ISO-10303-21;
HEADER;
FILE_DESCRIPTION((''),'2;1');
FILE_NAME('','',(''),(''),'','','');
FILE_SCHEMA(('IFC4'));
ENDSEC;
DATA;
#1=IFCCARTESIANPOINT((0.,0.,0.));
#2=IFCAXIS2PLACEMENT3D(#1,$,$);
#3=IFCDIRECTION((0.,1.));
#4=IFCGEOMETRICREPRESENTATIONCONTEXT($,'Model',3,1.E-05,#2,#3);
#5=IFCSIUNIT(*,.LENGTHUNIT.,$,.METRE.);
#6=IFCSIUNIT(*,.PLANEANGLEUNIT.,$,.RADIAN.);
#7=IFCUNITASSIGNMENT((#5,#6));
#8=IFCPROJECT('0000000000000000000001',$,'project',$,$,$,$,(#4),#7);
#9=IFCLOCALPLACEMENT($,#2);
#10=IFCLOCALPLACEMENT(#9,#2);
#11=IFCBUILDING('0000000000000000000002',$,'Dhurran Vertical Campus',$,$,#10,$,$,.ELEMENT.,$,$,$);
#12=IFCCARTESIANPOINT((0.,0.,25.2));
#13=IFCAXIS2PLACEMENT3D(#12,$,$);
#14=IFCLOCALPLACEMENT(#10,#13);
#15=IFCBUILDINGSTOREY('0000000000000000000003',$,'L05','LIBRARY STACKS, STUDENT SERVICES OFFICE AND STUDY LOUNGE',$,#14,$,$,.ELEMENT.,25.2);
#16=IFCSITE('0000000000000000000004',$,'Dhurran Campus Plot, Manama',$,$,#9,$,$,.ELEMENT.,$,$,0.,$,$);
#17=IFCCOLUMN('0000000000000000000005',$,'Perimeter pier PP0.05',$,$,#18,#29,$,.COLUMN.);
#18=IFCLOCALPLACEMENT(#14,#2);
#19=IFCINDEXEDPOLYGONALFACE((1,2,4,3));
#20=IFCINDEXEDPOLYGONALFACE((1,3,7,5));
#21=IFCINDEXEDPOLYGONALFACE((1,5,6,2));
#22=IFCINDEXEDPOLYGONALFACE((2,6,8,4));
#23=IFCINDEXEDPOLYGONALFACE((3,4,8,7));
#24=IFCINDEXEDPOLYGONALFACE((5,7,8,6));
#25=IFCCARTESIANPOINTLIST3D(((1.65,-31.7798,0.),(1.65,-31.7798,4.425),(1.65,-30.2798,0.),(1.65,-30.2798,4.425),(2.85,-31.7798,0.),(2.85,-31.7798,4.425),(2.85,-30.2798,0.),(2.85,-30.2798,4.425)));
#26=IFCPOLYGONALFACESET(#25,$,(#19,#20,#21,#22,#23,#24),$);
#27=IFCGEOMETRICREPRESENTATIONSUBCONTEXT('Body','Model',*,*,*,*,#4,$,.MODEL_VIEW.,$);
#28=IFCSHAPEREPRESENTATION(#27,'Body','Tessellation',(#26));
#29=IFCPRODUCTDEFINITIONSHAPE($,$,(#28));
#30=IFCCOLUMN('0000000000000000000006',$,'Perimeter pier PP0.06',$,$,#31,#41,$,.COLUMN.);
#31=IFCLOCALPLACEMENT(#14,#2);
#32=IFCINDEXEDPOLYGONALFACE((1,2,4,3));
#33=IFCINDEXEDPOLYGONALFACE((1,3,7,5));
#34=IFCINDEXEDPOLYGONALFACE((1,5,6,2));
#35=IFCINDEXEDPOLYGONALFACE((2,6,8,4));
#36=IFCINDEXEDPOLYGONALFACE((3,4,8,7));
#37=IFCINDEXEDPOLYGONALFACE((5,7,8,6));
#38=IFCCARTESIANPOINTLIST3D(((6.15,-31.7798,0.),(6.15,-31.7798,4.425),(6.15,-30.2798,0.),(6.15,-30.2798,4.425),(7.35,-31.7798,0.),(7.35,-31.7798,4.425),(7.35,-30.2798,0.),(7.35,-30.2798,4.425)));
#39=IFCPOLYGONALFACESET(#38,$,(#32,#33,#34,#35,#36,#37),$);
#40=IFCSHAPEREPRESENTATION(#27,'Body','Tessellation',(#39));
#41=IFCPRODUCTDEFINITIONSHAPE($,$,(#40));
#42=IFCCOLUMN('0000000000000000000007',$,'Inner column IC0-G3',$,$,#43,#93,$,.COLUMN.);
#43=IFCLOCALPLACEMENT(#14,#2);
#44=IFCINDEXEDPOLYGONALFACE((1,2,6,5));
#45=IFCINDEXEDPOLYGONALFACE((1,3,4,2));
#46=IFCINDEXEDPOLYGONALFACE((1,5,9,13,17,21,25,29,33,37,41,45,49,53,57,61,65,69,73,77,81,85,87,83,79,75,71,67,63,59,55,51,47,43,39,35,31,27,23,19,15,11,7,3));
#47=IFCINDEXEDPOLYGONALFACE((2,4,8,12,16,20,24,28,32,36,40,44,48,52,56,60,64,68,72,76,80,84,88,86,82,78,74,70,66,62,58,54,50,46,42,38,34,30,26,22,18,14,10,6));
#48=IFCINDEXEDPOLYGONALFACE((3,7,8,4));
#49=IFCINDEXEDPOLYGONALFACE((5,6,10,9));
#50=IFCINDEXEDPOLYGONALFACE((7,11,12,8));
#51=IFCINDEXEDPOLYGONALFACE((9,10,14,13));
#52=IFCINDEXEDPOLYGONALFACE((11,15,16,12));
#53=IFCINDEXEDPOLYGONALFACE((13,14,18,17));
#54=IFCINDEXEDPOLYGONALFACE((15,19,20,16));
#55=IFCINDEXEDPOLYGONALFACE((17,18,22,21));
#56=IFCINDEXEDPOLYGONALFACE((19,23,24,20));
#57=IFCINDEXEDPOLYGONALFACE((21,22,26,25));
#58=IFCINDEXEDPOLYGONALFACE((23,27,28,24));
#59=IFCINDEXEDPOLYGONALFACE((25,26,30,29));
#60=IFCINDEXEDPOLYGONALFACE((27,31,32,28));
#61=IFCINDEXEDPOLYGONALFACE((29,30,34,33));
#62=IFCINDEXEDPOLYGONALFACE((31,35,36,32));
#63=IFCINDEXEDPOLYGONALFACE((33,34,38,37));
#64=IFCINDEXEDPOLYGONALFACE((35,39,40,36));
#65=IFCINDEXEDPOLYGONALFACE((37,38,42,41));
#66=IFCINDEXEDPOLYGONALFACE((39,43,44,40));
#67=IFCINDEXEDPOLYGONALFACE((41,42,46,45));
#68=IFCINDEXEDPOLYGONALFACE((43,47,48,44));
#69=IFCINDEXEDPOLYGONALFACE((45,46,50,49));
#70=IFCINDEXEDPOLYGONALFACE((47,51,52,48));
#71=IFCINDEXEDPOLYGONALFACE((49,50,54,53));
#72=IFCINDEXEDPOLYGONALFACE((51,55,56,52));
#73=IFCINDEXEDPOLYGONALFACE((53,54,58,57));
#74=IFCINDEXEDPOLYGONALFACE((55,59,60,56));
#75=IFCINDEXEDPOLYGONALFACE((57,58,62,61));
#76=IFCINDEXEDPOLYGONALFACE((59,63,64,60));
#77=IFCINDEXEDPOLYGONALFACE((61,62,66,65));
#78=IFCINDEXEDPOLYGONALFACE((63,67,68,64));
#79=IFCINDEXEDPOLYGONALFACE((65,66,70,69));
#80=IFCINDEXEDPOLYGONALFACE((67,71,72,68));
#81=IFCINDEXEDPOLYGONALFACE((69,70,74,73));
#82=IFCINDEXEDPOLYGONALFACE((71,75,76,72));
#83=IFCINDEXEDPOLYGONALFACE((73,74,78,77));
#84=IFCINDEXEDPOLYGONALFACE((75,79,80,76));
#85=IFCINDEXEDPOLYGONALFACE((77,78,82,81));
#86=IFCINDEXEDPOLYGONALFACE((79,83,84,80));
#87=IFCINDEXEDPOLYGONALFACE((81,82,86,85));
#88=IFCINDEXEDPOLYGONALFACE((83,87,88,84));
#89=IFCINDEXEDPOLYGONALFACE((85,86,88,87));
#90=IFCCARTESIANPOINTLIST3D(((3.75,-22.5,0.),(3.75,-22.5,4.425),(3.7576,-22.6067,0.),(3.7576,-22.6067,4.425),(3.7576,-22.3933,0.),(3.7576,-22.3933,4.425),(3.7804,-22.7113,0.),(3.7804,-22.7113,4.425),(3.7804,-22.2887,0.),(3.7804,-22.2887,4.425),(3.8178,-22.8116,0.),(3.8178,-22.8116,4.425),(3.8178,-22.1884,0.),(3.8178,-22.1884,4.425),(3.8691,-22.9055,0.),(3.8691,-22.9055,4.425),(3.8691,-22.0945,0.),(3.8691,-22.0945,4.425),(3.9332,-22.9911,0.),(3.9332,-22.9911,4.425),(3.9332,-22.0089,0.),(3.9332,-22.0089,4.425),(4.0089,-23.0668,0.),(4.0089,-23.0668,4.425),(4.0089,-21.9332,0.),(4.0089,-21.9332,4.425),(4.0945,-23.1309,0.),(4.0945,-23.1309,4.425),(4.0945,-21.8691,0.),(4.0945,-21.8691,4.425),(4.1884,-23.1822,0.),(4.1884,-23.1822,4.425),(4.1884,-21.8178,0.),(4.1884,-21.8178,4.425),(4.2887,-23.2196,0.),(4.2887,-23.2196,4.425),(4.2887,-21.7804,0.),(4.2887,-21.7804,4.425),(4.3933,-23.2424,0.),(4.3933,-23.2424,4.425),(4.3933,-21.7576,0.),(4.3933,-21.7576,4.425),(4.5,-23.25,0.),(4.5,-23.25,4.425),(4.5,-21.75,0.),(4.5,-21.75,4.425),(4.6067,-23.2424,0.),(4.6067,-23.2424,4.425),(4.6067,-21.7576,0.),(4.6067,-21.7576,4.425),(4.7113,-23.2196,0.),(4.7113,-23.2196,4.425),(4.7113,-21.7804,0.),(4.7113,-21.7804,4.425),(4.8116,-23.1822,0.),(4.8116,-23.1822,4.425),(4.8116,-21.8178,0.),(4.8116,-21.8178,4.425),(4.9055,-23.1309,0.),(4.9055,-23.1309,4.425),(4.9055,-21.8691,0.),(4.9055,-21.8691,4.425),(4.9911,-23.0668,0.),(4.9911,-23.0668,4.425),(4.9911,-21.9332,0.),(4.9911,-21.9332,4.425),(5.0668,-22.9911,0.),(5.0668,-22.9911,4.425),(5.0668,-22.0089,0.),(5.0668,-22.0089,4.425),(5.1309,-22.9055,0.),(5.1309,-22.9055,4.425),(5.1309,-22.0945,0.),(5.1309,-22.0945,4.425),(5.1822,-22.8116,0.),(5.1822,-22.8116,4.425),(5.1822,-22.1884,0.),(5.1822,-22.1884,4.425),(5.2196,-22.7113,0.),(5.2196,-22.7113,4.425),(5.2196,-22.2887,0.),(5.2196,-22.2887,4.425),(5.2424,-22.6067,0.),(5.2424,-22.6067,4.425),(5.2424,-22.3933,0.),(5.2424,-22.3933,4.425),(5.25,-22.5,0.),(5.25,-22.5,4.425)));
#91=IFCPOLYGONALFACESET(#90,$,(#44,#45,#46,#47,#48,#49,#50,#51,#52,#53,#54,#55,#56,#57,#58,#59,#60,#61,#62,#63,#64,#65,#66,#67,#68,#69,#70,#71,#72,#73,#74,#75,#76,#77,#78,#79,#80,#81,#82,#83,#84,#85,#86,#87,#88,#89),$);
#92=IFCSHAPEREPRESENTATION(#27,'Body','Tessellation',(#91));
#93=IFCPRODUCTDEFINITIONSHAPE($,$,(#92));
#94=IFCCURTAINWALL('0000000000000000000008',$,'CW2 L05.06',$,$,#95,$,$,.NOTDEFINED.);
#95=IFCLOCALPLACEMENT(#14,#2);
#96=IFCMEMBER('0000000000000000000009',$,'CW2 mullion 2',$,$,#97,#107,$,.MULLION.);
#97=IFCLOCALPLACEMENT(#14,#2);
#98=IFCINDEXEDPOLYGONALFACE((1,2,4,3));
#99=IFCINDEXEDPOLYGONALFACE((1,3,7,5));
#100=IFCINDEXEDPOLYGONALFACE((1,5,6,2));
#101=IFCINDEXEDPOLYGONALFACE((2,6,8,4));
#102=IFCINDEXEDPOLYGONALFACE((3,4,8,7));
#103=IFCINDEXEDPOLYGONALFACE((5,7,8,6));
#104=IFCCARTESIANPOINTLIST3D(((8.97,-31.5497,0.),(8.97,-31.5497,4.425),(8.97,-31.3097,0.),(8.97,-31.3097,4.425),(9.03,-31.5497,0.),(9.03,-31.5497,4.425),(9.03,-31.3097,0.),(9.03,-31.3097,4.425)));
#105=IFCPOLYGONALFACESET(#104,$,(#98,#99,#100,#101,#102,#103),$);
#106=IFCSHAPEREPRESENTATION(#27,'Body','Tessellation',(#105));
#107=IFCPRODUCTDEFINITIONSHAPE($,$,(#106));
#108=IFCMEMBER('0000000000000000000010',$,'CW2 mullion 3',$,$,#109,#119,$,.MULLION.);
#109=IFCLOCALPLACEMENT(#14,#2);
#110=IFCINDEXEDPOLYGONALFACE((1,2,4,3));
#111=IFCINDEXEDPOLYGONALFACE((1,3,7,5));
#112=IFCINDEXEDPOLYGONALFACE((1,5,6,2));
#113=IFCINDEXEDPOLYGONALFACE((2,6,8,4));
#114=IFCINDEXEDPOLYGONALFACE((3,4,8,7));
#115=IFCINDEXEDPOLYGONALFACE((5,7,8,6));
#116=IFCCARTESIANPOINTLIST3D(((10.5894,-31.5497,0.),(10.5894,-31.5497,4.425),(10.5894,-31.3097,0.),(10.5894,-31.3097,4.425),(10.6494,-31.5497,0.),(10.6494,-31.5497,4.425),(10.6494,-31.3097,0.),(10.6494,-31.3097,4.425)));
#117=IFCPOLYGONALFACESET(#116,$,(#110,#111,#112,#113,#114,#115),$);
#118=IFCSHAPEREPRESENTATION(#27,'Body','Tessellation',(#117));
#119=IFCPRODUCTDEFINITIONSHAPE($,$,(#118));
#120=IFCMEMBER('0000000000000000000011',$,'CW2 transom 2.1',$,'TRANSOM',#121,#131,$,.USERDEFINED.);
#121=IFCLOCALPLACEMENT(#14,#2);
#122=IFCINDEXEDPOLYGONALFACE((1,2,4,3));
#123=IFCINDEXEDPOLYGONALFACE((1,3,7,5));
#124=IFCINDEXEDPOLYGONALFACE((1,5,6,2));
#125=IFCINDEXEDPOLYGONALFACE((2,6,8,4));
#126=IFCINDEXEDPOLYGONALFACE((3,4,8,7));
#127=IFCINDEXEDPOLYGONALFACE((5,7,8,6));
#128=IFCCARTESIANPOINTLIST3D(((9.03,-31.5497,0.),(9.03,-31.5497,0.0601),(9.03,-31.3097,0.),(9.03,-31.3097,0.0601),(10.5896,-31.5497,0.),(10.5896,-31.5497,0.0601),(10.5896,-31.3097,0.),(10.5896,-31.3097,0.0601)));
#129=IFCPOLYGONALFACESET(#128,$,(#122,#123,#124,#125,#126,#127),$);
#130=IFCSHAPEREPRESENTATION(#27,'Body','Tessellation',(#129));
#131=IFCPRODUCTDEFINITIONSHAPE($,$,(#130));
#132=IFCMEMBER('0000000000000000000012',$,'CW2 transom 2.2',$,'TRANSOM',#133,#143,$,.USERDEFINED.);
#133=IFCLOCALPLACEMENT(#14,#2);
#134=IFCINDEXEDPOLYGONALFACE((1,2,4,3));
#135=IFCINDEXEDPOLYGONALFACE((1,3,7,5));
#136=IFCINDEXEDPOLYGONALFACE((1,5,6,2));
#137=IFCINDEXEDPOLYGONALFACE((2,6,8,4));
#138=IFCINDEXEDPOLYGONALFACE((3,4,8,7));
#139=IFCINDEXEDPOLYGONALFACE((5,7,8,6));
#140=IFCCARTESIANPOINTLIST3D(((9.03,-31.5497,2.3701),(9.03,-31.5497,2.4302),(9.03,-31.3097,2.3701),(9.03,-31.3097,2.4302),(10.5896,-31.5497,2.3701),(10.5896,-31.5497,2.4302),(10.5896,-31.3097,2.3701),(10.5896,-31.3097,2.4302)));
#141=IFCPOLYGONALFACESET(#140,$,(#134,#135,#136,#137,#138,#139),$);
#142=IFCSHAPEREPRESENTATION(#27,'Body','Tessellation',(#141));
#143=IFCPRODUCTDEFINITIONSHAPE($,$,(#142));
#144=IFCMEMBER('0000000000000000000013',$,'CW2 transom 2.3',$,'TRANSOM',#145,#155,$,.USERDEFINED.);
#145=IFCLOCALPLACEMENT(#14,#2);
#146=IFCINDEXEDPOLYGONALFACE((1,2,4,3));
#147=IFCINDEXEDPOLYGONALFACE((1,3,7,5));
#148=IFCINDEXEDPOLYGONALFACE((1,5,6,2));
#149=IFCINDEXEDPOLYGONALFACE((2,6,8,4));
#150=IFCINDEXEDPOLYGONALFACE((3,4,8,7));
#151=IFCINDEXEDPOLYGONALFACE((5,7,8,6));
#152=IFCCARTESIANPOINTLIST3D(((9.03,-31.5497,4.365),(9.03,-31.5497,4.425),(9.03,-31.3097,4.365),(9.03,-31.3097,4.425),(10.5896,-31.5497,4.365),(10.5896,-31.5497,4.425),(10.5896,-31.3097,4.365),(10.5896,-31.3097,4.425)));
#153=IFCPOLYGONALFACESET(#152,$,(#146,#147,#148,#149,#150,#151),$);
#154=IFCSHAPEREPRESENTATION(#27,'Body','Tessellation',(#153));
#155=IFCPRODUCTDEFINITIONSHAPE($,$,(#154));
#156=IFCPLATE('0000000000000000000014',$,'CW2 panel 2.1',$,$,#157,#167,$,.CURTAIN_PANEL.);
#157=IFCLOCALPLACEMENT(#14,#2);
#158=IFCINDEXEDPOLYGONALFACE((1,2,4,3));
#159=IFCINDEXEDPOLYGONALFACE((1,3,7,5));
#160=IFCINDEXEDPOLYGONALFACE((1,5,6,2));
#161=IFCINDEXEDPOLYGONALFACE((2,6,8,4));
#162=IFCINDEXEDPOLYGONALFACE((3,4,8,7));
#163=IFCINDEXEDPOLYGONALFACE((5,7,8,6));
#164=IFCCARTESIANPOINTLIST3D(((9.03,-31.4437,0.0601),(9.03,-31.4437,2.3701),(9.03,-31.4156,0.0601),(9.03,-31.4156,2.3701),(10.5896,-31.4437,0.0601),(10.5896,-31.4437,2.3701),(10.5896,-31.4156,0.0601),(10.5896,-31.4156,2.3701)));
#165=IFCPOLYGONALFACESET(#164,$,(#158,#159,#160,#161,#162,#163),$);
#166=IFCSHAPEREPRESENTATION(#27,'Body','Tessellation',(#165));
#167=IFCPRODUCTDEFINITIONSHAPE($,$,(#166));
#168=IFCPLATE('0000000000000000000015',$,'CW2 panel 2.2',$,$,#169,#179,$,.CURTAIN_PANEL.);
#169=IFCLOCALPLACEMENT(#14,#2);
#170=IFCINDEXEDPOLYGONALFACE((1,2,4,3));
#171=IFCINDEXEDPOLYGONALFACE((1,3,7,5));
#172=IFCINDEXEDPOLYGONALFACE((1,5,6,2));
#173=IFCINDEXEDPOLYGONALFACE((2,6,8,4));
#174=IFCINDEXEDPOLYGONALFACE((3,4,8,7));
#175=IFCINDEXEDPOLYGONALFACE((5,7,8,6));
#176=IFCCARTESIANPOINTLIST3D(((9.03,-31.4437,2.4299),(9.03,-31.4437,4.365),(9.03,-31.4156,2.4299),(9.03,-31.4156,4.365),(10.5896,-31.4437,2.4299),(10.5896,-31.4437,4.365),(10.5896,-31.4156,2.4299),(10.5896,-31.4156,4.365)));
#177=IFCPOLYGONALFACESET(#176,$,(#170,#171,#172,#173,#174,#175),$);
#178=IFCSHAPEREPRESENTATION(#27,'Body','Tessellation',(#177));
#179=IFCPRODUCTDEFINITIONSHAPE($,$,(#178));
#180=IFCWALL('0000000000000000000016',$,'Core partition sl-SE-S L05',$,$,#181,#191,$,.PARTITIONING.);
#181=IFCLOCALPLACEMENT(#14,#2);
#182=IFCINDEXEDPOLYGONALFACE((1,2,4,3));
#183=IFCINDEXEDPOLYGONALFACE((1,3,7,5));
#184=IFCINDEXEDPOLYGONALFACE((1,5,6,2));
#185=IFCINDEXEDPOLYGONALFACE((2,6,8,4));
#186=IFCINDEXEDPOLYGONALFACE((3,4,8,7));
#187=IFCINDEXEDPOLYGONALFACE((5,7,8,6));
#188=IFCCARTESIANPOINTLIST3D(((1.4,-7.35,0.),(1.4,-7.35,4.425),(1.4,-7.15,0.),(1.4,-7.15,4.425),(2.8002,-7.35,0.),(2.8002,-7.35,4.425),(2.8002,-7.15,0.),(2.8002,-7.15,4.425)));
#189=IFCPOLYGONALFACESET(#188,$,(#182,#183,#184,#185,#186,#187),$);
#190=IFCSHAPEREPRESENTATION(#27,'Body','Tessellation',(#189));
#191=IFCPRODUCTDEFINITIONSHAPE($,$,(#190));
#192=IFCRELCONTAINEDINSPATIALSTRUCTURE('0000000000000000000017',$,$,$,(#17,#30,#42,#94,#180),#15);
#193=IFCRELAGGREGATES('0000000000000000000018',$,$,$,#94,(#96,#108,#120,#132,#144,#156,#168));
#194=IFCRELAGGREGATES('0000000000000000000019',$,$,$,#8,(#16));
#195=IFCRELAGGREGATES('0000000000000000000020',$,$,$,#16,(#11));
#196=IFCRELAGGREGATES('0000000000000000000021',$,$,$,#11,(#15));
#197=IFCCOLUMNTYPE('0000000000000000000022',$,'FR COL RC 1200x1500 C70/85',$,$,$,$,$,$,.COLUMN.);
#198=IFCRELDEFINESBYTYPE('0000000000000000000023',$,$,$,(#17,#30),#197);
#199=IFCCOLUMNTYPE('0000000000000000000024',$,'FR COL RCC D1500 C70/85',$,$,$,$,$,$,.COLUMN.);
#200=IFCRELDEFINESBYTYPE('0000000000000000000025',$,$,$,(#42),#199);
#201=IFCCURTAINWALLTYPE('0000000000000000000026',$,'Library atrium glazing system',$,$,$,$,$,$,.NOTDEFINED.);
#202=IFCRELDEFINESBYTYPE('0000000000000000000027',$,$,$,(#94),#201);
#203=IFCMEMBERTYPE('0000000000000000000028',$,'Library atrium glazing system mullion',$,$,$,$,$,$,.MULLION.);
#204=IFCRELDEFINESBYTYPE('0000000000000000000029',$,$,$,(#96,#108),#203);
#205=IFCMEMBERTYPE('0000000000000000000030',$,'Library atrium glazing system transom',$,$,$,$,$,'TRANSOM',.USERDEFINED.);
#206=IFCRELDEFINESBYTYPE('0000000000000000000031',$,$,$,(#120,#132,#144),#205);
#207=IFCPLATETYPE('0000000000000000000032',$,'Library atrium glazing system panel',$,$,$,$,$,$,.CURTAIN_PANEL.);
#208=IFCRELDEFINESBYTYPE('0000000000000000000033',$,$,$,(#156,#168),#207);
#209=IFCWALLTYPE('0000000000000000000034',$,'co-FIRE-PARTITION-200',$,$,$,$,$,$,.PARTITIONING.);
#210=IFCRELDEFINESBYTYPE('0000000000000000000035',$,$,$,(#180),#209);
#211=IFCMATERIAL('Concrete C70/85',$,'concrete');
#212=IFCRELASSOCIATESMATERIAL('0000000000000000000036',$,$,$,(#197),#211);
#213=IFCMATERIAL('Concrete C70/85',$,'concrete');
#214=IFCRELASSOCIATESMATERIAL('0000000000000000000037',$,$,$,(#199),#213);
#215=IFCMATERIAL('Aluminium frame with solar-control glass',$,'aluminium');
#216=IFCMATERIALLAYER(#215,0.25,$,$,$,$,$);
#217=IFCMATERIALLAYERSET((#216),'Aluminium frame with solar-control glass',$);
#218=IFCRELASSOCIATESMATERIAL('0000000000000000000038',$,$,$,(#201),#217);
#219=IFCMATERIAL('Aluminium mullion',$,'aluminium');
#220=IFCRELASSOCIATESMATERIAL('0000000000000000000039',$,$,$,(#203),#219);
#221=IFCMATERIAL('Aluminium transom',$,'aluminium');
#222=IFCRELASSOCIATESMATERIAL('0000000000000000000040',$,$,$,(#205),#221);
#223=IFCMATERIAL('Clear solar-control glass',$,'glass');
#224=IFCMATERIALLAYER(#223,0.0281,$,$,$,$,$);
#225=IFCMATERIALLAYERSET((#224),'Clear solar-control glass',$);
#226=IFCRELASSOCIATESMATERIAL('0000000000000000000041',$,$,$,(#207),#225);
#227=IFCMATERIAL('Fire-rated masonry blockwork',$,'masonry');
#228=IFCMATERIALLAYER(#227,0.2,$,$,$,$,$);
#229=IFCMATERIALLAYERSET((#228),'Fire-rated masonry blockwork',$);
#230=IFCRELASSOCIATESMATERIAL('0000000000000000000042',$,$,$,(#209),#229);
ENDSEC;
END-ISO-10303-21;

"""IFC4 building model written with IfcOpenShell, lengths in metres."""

from ifc_helpers import new_model, si_unit, direction, frame, frame_2d, origin, origin_2d, place, context, subcontext, project, spatial, rectangle, circle, extrude, material, layer, layer_set, material_profile, profile_set, type_object, element, aggregate, save


model = new_model("IFC4")

# Units and contexts
model_context = context("Model", 3, precision=1e-05, world=origin(), true_north=direction((0.0, 1.0)))
body_context = subcontext(model_context, "Body", "Model", "MODEL_VIEW")
ifc_project = project(units=[si_unit("LENGTHUNIT", "METRE"), si_unit("PLANEANGLEUNIT", "RADIAN")], contexts=[model_context])

# Site, building, storey
site_placement = place(None, origin())
site = spatial("IfcSite", under=ifc_project, at=site_placement, Name="Dhurran Campus Plot, Manama", CompositionType="ELEMENT", RefElevation=0.0)
building_placement = place(site_placement, origin())
building = spatial("IfcBuilding", under=site, at=building_placement, Name="Dhurran Vertical Campus", CompositionType="ELEMENT")
storey_placement = place(building_placement, frame((0.0, 0.0, 25.2)))
storey = spatial("IfcBuildingStorey", under=building, at=storey_placement, Name="L05", Description="LIBRARY STACKS, STUDENT SERVICES OFFICE AND STUDY LOUNGE", CompositionType="ELEMENT", Elevation=25.2)

# Columns
ifc_material_1 = material(Name="Concrete C70/85", Category="concrete")
ifc_material_profile_1 = material_profile(ifc_material_1, rectangle(XDim=1.2, YDim=1.5, at=origin_2d()), Name="RC 1200x1500")
ifc_profile_set_1 = profile_set([ifc_material_profile_1], Name="Concrete C70/85")
column_type_1 = type_object("IfcColumnType", Name="FR COL RC 1200x1500 C70/85", PredefinedType="COLUMN", material=ifc_profile_set_1)
for number, where, z_axis, x_axis, name in (
    (1, (2.25, -31.0298, 0.0), (0.0, 0.0, 1.0), (1.0, 0.0, 0.0), "Perimeter pier PP0.05"),
    (2, (6.75, -31.0298, 0.0), (0.0, 0.0, 1.0), (1.0, 0.0, 0.0), "Perimeter pier PP0.06"),
):
    element("IfcColumn", number, at=place(storey_placement, frame(where, z_axis=z_axis, x_axis=x_axis)), inside=storey, type_object=column_type_1, Name=name, PredefinedType="COLUMN", context=body_context, shape_type="SweptSolid", body=[
        extrude(rectangle(XDim=1.2, YDim=1.5, at=origin_2d()), origin(), (0.0, 0.0, 1.0), 4.425),
    ])
ifc_material_2 = material(Name="Concrete C70/85", Category="concrete")
ifc_material_profile_2 = material_profile(ifc_material_2, circle(Radius=0.75, at=origin_2d()), Name="RCC D1500")
ifc_profile_set_2 = profile_set([ifc_material_profile_2], Name="Concrete C70/85")
column_type_2 = type_object("IfcColumnType", Name="FR COL RCC D1500 C70/85", PredefinedType="COLUMN", material=ifc_profile_set_2)
column_placement = place(storey_placement, frame((4.5, -22.5, 0.0), z_axis=(0.0, 0.0, 1.0), x_axis=(1.0, 0.0, 0.0)))
element("IfcColumn", 3, at=column_placement, inside=storey, type_object=column_type_2, Name="Inner column IC0-G3", PredefinedType="COLUMN", context=body_context, shape_type="SweptSolid", body=[
    extrude(circle(Radius=0.75, at=origin_2d()), origin(), (0.0, 0.0, 1.0), 4.425),
])

# Curtain wall, members, plates
ifc_material_3 = material(Name="Aluminium frame with solar-control glass", Category="aluminium")
ifc_layer_1 = layer(ifc_material_3, 0.25)
ifc_layer_set_1 = layer_set([ifc_layer_1], Name="Aluminium frame with solar-control glass")
curtain_wall_type = type_object("IfcCurtainWallType", Name="Library atrium glazing system", PredefinedType="NOTDEFINED", material=ifc_layer_set_1)
curtain_wall_placement = place(storey_placement, origin())
curtain_wall = element("IfcCurtainWall", 4, at=curtain_wall_placement, inside=storey, type_object=curtain_wall_type, Name="CW2 L05.06", PredefinedType="NOTDEFINED")
ifc_material_4 = material(Name="Aluminium mullion", Category="aluminium")
ifc_material_profile_3 = material_profile(ifc_material_4, rectangle(XDim=0.24, YDim=0.0601, at=origin_2d()), Name="Library atrium glazing system mullion")
ifc_profile_set_3 = profile_set([ifc_material_profile_3], Name="Aluminium mullion")
member_type_1 = type_object("IfcMemberType", Name="Library atrium glazing system mullion", PredefinedType="MULLION", material=ifc_profile_set_3)
member_1_placement = place(storey_placement, frame((9.0, -31.4297, 0.0), z_axis=(0.0, 0.0, 1.0), x_axis=(0.0, 1.0, 0.0)))
member_1 = element("IfcMember", 5, at=member_1_placement, type_object=member_type_1, Name="CW2 mullion 2", PredefinedType="MULLION", context=body_context, shape_type="SweptSolid", body=[
    extrude(rectangle(XDim=0.24, YDim=0.0601, at=origin_2d()), origin(), (0.0, 0.0, 1.0), 4.425),
])
member_2_placement = place(storey_placement, frame((10.6194, -31.4297, 0.0), z_axis=(0.0, 0.0, 1.0), x_axis=(0.0, 1.0, 0.0)))
member_2 = element("IfcMember", 6, at=member_2_placement, type_object=member_type_1, Name="CW2 mullion 3", PredefinedType="MULLION", context=body_context, shape_type="SweptSolid", body=[
    extrude(rectangle(XDim=0.24, YDim=0.0601, at=origin_2d()), origin(), (0.0, 0.0, 1.0), 4.425),
])
ifc_material_5 = material(Name="Aluminium transom", Category="aluminium")
ifc_material_profile_4 = material_profile(ifc_material_5, rectangle(XDim=0.24, YDim=0.0601, at=origin_2d()), Name="Library atrium glazing system transom")
ifc_profile_set_4 = profile_set([ifc_material_profile_4], Name="Aluminium transom")
member_type_2 = type_object("IfcMemberType", Name="Library atrium glazing system transom", ElementType="TRANSOM", PredefinedType="USERDEFINED", material=ifc_profile_set_4)
member_3_placement = place(storey_placement, frame((9.03, -31.4297, 0.03), z_axis=(1.0, 0.0, 0.0), x_axis=(0.0, 1.0, 0.0)))
member_3 = element("IfcMember", 7, at=member_3_placement, type_object=member_type_2, Name="CW2 transom 2.1", ObjectType="TRANSOM", PredefinedType="USERDEFINED", context=body_context, shape_type="SweptSolid", body=[
    extrude(rectangle(XDim=0.24, YDim=0.0601, at=origin_2d()), origin(), (0.0, 0.0, 1.0), 1.5596),
])
member_4_placement = place(storey_placement, frame((9.03, -31.4297, 2.4001), z_axis=(1.0, 0.0, 0.0), x_axis=(0.0, 1.0, 0.0)))
member_4 = element("IfcMember", 8, at=member_4_placement, type_object=member_type_2, Name="CW2 transom 2.2", ObjectType="TRANSOM", PredefinedType="USERDEFINED", context=body_context, shape_type="SweptSolid", body=[
    extrude(rectangle(XDim=0.24, YDim=0.0601, at=origin_2d()), origin(), (0.0, 0.0, 1.0), 1.5596),
])
member_5_placement = place(storey_placement, frame((9.03, -31.4297, 4.395), z_axis=(1.0, 0.0, 0.0), x_axis=(0.0, 1.0, 0.0)))
member_5 = element("IfcMember", 9, at=member_5_placement, type_object=member_type_2, Name="CW2 transom 2.3", ObjectType="TRANSOM", PredefinedType="USERDEFINED", context=body_context, shape_type="SweptSolid", body=[
    extrude(rectangle(XDim=0.24, YDim=0.0601, at=origin_2d()), origin(), (0.0, 0.0, 1.0), 1.5596),
])
ifc_material_6 = material(Name="Clear solar-control glass", Category="glass")
ifc_layer_2 = layer(ifc_material_6, 0.0281)
ifc_layer_set_2 = layer_set([ifc_layer_2], Name="Clear solar-control glass")
plate_type = type_object("IfcPlateType", Name="Library atrium glazing system panel", PredefinedType="CURTAIN_PANEL", material=ifc_layer_set_2)
plate_1_placement = place(storey_placement, frame((9.8098, -31.4297, 0.0601), z_axis=(0.0, 0.0, 1.0), x_axis=(1.0, 0.0, 0.0)))
plate_1 = element("IfcPlate", 10, at=plate_1_placement, type_object=plate_type, Name="CW2 panel 2.1", PredefinedType="CURTAIN_PANEL", context=body_context, shape_type="SweptSolid", body=[
    extrude(rectangle(XDim=1.5596, YDim=0.0281, at=origin_2d()), origin(), (0.0, 0.0, 1.0), 2.3101),
])
plate_2_placement = place(storey_placement, frame((9.8098, -31.4297, 2.4299), z_axis=(0.0, 0.0, 1.0), x_axis=(1.0, 0.0, 0.0)))
plate_2 = element("IfcPlate", 11, at=plate_2_placement, type_object=plate_type, Name="CW2 panel 2.2", PredefinedType="CURTAIN_PANEL", context=body_context, shape_type="SweptSolid", body=[
    extrude(rectangle(XDim=1.5596, YDim=0.0281, at=origin_2d()), origin(), (0.0, 0.0, 1.0), 1.9351),
])
aggregate(curtain_wall, [member_1, member_2, member_3, member_4, member_5, plate_1, plate_2])

# Wall
ifc_material_7 = material(Name="Fire-rated masonry blockwork", Category="masonry")
ifc_layer_3 = layer(ifc_material_7, 0.2)
ifc_layer_set_3 = layer_set([ifc_layer_3], Name="Fire-rated masonry blockwork")
wall_type_1 = type_object("IfcWallType", Name="co-FIRE-PARTITION-200", PredefinedType="PARTITIONING", material=ifc_layer_set_3)
for number, where, z_axis, x_axis, name in (
    (12, (1.3999, -7.25, 0.0), (0.0, 0.0, 1.0), (1.0, 0.0, 0.0), "Core partition sl-SE-S L05"),
):
    element("IfcWall", number, at=place(storey_placement, frame(where, z_axis=z_axis, x_axis=x_axis)), inside=storey, type_object=wall_type_1, Name=name, PredefinedType="PARTITIONING", context=body_context, shape_type="SweptSolid", body=[
        extrude(rectangle(XDim=1.4001, YDim=0.2, at=frame_2d((0.7002, 0.0))), origin(), (0.0, 0.0, 1.0), 4.425),
    ])

save(model, "model.ifc")
